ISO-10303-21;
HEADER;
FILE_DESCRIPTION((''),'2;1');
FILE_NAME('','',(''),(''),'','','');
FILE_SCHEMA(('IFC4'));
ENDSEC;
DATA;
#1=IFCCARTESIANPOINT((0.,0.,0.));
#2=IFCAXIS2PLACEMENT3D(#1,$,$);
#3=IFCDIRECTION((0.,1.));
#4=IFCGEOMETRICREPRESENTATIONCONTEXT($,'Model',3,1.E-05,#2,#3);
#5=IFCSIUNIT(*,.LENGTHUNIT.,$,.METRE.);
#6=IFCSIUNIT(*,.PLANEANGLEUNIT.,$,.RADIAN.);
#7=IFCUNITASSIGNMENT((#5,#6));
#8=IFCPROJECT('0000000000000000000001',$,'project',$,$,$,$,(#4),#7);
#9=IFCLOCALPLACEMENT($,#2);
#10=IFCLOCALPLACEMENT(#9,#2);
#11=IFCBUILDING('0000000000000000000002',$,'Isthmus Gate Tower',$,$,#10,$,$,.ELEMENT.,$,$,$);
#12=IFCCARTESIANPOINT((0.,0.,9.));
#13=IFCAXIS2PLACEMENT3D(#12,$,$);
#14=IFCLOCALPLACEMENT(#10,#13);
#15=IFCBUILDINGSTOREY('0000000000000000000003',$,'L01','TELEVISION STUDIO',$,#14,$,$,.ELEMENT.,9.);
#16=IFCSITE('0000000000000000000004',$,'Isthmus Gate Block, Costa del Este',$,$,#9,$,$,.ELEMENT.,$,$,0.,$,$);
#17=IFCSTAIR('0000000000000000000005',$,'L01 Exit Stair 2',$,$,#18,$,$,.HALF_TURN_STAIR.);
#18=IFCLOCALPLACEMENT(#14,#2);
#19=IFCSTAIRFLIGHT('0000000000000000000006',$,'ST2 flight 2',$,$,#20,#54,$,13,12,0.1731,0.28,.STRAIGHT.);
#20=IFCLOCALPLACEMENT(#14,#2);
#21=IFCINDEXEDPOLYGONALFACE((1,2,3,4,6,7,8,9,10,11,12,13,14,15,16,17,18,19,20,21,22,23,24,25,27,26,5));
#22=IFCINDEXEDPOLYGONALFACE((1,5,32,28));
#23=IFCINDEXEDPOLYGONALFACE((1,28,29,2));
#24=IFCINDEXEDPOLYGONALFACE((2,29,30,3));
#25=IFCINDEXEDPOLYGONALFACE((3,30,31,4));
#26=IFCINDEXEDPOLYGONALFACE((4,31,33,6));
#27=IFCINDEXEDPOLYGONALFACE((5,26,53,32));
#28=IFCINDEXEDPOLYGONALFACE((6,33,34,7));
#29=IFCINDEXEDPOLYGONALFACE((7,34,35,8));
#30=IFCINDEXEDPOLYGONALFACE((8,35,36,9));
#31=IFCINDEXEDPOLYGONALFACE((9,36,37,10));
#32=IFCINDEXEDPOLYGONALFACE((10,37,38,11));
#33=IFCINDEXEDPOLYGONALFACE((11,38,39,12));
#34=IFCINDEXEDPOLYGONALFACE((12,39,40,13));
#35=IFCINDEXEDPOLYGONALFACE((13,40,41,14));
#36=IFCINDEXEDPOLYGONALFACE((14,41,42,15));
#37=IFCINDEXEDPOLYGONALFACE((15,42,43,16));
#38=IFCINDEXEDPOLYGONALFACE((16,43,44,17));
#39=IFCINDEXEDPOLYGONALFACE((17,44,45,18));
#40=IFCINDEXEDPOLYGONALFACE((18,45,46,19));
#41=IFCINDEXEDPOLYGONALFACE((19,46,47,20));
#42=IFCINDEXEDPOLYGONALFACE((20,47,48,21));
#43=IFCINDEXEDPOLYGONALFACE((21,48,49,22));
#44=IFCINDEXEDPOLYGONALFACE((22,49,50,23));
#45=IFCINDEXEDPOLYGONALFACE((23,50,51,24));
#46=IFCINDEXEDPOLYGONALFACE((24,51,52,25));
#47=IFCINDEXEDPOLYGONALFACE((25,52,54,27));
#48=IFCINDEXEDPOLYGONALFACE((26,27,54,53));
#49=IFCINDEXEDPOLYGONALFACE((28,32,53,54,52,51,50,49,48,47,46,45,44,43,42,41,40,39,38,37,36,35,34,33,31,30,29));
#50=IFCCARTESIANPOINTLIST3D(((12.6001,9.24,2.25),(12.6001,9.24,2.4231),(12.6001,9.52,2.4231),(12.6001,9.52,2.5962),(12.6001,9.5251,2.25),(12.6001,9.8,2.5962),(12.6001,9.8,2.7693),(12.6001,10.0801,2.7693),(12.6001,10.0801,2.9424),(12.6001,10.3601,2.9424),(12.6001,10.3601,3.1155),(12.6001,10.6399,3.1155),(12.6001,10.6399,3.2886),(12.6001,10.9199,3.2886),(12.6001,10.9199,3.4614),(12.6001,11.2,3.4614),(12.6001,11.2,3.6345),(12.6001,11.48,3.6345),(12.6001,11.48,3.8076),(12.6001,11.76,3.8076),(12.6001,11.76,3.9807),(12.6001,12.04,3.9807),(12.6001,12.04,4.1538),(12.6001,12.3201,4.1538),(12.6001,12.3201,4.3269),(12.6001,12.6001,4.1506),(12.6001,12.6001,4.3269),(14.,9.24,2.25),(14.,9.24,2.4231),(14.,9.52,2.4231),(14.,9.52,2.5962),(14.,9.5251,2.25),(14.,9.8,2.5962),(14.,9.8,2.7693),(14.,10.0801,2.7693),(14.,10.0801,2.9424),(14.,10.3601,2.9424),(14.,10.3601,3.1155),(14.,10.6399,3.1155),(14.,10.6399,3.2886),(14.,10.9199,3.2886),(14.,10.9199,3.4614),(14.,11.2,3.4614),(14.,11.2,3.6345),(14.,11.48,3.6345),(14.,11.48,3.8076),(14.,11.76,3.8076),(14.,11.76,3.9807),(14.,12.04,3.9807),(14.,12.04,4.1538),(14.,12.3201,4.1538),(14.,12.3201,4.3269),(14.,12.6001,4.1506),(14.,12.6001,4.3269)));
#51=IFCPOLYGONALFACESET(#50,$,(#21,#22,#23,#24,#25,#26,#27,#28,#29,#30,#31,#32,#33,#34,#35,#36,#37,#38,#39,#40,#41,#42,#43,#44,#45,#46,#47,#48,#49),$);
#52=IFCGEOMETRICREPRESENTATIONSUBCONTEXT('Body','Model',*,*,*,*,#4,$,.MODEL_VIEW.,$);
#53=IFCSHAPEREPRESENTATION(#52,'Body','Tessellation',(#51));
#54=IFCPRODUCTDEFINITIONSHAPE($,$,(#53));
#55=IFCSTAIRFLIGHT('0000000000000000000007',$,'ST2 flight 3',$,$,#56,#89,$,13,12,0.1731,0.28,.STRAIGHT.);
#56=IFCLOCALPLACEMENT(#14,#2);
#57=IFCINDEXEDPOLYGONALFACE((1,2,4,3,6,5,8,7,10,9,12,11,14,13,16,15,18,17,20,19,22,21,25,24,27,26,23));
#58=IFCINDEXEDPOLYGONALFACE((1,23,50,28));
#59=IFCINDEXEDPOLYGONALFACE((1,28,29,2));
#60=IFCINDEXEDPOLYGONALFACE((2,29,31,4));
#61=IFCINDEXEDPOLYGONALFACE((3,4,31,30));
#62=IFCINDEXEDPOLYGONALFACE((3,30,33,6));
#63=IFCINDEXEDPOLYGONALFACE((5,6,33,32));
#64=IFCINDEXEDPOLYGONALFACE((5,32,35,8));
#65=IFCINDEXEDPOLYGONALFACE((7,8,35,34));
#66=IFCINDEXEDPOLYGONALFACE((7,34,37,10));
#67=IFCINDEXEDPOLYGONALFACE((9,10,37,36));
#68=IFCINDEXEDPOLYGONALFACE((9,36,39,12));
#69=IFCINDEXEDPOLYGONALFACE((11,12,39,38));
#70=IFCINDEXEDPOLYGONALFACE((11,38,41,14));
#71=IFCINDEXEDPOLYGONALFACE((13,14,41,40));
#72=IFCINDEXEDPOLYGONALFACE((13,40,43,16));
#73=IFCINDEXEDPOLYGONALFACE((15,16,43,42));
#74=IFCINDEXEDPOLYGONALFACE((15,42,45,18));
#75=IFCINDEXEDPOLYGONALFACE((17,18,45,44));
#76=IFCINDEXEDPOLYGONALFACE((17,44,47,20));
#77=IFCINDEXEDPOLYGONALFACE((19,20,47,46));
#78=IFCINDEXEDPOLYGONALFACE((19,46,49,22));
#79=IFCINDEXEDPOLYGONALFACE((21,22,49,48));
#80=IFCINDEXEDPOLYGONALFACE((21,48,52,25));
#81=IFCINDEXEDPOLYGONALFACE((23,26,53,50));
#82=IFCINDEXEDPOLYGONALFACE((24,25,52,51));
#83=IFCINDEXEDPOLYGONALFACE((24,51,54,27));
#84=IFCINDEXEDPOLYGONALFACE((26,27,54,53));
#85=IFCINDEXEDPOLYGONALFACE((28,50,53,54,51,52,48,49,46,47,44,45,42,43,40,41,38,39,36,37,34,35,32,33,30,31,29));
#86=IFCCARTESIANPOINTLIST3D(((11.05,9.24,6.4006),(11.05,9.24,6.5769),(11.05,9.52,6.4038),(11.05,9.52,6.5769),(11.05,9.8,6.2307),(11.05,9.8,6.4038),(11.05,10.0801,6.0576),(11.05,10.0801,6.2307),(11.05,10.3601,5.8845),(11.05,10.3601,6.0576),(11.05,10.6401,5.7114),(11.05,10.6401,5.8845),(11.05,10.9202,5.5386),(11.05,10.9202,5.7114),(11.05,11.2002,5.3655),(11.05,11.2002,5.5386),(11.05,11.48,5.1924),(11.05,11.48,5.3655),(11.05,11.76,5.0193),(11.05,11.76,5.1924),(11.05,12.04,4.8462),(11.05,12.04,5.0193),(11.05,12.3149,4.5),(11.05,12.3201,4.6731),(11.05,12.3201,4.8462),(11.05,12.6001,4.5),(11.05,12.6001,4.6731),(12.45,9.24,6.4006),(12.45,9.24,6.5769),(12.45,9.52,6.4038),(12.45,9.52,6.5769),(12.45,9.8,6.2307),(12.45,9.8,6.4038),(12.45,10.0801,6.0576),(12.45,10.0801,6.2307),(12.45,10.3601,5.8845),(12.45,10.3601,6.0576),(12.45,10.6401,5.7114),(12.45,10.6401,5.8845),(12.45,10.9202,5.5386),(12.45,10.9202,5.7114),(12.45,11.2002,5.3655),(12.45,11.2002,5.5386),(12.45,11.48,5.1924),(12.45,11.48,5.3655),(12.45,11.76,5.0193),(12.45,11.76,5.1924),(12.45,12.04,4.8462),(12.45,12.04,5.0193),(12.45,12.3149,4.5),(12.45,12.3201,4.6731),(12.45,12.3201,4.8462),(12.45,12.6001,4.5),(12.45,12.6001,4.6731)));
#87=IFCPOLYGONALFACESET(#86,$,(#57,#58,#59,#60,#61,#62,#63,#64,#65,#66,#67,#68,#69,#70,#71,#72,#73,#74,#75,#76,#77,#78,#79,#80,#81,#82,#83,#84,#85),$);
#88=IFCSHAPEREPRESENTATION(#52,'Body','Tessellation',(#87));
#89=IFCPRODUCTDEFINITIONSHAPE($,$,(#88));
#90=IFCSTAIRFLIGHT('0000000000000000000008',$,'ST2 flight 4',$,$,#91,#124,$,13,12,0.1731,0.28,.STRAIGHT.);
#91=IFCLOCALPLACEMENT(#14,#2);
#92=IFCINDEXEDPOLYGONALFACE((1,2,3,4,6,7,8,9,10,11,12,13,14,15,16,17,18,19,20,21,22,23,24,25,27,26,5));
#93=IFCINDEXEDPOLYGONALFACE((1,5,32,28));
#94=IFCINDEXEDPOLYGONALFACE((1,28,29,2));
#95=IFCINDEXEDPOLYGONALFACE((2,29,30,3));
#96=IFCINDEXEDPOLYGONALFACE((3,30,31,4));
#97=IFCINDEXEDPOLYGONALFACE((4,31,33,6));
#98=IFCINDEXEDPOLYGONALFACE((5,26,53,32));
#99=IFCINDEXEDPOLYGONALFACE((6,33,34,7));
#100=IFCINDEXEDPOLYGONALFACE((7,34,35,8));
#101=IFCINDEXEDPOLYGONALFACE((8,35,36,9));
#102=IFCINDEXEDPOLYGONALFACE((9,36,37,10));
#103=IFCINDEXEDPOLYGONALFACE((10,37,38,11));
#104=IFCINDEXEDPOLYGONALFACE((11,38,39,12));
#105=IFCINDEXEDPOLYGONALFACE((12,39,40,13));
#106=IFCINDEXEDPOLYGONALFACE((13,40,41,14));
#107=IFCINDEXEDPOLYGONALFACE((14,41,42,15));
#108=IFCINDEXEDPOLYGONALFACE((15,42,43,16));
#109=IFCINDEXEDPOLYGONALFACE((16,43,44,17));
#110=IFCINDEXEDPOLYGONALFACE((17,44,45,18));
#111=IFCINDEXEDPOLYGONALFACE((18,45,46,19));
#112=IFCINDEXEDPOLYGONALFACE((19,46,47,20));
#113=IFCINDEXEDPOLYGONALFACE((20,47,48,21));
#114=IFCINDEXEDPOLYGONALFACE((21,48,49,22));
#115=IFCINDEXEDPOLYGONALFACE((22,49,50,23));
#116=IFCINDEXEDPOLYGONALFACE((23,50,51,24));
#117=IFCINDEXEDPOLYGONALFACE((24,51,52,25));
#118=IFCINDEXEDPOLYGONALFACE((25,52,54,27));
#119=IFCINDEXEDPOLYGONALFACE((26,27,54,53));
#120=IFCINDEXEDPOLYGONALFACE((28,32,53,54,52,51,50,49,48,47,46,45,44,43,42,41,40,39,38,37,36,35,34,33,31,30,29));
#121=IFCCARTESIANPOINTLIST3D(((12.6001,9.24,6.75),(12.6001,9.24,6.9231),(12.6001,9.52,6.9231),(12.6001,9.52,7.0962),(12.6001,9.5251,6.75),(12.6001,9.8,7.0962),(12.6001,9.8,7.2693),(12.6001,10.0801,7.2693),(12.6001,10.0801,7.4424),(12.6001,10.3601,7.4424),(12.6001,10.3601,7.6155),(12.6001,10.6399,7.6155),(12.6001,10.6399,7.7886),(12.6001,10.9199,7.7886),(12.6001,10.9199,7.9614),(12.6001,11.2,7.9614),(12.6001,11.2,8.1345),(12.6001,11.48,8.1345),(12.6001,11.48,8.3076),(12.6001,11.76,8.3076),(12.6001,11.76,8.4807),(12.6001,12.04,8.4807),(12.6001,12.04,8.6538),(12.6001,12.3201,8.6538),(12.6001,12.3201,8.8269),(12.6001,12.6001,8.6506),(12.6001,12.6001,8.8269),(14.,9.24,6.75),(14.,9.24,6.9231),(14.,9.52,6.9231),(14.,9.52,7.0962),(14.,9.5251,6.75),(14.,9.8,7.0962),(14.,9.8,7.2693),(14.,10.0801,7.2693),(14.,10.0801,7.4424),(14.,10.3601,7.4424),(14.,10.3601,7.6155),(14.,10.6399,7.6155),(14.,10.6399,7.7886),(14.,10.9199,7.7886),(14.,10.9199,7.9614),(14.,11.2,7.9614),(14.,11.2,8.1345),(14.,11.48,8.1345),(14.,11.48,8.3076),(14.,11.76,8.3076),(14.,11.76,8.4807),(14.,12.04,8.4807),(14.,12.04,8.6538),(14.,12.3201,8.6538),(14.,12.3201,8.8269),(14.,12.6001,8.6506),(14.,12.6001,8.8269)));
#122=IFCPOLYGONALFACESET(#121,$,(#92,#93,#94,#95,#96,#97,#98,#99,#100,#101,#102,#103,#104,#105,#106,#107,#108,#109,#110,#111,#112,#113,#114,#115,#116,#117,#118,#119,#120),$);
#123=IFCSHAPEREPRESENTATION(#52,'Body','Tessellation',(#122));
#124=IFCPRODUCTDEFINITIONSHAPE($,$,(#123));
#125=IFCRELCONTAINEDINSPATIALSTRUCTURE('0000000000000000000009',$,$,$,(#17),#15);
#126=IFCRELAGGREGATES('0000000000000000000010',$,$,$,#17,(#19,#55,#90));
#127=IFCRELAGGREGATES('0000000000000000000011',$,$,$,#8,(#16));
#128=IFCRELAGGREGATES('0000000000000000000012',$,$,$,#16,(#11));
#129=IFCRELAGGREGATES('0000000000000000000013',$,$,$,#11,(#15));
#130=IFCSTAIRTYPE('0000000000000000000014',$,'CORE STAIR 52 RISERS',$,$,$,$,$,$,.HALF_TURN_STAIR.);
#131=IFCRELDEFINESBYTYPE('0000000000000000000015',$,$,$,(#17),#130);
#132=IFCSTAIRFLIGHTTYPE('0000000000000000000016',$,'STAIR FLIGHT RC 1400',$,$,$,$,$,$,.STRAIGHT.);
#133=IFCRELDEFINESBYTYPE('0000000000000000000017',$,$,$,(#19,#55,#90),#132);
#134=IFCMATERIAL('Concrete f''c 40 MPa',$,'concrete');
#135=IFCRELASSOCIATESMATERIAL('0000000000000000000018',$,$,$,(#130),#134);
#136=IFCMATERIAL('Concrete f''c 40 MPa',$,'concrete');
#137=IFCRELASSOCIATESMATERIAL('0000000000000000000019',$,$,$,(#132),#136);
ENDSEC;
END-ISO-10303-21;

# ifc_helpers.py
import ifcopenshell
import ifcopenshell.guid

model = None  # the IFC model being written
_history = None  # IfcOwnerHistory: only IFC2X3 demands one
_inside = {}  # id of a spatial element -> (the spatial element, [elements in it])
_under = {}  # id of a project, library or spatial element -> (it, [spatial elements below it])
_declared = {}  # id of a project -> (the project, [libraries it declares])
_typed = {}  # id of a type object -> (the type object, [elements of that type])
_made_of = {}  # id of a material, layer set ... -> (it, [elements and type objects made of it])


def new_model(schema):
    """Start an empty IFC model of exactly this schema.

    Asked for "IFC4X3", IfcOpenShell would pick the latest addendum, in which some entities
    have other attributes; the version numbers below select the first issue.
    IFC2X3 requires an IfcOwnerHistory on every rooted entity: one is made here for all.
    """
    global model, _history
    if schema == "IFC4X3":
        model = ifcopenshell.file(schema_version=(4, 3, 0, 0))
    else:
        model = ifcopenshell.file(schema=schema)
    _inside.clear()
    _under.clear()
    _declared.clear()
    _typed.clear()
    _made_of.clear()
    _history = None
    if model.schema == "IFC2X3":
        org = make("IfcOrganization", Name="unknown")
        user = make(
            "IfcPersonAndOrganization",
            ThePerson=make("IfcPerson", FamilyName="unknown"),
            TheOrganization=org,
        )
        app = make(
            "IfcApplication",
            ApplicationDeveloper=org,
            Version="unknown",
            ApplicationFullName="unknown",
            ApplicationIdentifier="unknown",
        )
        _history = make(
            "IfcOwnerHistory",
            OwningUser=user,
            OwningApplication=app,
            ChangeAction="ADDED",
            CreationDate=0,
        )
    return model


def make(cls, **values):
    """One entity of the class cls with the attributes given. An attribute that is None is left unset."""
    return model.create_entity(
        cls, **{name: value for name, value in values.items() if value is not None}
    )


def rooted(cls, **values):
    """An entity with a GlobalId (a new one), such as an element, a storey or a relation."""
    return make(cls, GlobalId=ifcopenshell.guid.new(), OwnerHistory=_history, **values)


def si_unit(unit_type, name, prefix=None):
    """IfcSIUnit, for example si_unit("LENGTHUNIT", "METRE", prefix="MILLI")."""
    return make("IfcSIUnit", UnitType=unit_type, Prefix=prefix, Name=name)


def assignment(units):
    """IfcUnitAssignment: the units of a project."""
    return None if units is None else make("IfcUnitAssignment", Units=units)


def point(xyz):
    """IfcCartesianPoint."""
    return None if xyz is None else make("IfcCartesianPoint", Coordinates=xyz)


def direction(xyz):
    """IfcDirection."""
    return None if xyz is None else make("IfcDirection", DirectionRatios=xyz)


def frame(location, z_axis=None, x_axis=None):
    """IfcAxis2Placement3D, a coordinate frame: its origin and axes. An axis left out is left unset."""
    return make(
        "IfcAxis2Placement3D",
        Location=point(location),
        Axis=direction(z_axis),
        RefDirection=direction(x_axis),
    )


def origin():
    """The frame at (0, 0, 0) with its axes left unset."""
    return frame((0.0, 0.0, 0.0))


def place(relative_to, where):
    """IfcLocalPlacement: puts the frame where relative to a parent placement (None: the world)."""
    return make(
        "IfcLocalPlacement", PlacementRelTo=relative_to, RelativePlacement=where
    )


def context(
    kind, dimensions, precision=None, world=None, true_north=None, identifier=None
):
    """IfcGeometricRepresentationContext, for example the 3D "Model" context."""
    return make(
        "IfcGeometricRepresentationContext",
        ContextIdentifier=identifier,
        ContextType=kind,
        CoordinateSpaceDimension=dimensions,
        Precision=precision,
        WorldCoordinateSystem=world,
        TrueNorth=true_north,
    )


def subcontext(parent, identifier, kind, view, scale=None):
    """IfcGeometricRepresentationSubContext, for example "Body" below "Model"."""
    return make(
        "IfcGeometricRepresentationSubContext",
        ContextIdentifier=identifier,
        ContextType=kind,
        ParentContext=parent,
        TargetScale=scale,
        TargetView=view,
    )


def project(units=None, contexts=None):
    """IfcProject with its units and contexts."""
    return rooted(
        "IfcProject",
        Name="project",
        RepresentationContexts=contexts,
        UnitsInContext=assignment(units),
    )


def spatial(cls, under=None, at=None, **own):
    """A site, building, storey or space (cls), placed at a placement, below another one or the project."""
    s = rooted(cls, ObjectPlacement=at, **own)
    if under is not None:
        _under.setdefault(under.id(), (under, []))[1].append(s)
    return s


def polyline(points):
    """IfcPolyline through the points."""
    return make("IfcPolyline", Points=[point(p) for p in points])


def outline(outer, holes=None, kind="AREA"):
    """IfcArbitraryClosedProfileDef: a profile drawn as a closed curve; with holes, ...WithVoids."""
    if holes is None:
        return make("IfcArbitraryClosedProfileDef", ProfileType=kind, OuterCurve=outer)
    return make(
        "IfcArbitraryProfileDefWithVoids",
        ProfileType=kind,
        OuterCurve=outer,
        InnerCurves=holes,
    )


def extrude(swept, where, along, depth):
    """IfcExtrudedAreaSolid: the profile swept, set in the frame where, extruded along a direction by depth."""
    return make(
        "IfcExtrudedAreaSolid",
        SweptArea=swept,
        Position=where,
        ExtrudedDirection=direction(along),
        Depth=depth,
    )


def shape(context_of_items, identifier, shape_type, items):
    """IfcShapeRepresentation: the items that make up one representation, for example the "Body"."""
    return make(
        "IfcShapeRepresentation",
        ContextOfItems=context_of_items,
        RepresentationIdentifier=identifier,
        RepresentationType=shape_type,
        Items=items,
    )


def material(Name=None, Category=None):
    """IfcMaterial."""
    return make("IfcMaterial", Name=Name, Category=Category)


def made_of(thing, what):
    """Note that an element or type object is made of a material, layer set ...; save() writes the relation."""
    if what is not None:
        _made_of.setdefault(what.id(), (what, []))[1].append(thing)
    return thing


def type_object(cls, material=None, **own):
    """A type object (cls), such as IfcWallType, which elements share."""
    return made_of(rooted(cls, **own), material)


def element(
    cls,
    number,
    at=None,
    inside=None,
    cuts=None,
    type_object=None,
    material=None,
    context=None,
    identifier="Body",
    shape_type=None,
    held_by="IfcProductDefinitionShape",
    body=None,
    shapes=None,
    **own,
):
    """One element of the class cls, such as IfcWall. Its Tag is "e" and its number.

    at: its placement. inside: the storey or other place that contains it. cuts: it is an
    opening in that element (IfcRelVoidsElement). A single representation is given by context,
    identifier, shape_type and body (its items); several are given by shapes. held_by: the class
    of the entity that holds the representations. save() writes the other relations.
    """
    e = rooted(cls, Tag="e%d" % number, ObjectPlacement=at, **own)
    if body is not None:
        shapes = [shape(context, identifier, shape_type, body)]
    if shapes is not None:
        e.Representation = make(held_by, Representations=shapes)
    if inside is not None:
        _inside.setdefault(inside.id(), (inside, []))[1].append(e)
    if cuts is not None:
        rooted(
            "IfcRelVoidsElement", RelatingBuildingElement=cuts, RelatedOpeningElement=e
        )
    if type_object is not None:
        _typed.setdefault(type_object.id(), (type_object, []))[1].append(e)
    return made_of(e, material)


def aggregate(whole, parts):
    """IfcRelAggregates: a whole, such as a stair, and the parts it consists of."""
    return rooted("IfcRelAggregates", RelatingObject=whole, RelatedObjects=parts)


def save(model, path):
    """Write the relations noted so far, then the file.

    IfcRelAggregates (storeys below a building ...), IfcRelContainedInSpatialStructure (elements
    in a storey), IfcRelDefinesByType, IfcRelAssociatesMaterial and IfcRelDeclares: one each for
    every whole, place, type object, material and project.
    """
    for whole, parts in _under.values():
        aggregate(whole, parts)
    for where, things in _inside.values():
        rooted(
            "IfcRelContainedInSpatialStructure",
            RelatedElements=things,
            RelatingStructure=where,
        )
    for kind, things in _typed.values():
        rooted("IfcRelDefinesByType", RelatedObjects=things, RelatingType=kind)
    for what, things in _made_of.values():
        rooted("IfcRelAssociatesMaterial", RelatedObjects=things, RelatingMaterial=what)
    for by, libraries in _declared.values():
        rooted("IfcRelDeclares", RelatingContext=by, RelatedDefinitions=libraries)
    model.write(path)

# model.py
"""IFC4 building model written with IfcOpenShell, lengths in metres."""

from ifc_helpers import new_model, si_unit, direction, frame, origin, place, context, subcontext, project, spatial, polyline, outline, extrude, material, type_object, element, aggregate, save


model = new_model("IFC4")

# Units and contexts
model_context = context("Model", 3, precision=1e-05, world=origin(), true_north=direction((0.0, 1.0)))
body_context = subcontext(model_context, "Body", "Model", "MODEL_VIEW")
ifc_project = project(units=[si_unit("LENGTHUNIT", "METRE"), si_unit("PLANEANGLEUNIT", "RADIAN")], contexts=[model_context])

# Site, building, storey
site_placement = place(None, origin())
site = spatial("IfcSite", under=ifc_project, at=site_placement, Name="Isthmus Gate Block, Costa del Este", CompositionType="ELEMENT", RefElevation=0.0)
building_placement = place(site_placement, origin())
building = spatial("IfcBuilding", under=site, at=building_placement, Name="Isthmus Gate Tower", CompositionType="ELEMENT")
storey_placement = place(building_placement, frame((0.0, 0.0, 9.0)))
storey = spatial("IfcBuildingStorey", under=building, at=storey_placement, Name="L01", Description="TELEVISION STUDIO", CompositionType="ELEMENT", Elevation=9.0)

# Stair, stair flights
ifc_material_1 = material(Name="Concrete f'c 40 MPa", Category="concrete")
stair_type = type_object("IfcStairType", Name="CORE STAIR 52 RISERS", PredefinedType="HALF_TURN_STAIR", material=ifc_material_1)
stair_placement = place(storey_placement, origin())
stair = element("IfcStair", 1, at=stair_placement, inside=storey, type_object=stair_type, Name="L01 Exit Stair 2", PredefinedType="HALF_TURN_STAIR")
ifc_material_2 = material(Name="Concrete f'c 40 MPa", Category="concrete")
stair_flight_type = type_object("IfcStairFlightType", Name="STAIR FLIGHT RC 1400", PredefinedType="STRAIGHT", material=ifc_material_2)
stair_flight_1_placement = place(storey_placement, frame((13.3, 9.24, 2.25), z_axis=(0.0, 0.0, 1.0), x_axis=(0.0, 1.0, 0.0)))
stair_flight_1 = element("IfcStairFlight", 2, at=stair_flight_1_placement, type_object=stair_flight_type, Name="ST2 flight 2", NumberOfRisers=13, NumberOfTreads=12, PredefinedType="STRAIGHT", RiserHeight=0.1731, TreadLength=0.28, context=body_context, shape_type="SweptSolid", body=[
    extrude(outline(polyline([(0.0, 0.0), (0.0, 0.1731), (0.28, 0.1731), (0.28, 0.3462), (0.5601, 0.3462), (0.5601, 0.5193), (0.8401, 0.5193), (0.8401, 0.6924), (1.1201, 0.6924), (1.1201, 0.8655), (1.3999, 0.8655), (1.3999, 1.0386), (1.6799, 1.0386), (1.6799, 1.2114), (1.96, 1.2114), (1.96, 1.3845), (2.24, 1.3845), (2.24, 1.5576), (2.52, 1.5576), (2.52, 1.7307), (2.8, 1.7307), (2.8, 1.9038), (3.0801, 1.9038), (3.0801, 2.0769), (3.3601, 2.0769), (3.3601, 2.25), (3.3601, 1.9006), (0.2852, 0.0), (0.0, 0.0)])), frame((0.0, 0.7, 0.0), z_axis=(0.0, -1.0, 0.0), x_axis=(1.0, 0.0, 0.0)), (0.0, 0.0, 1.0), 1.3999),
])
stair_flight_2_placement = place(storey_placement, frame((11.75, 12.6001, 4.5), z_axis=(0.0, 0.0, 1.0), x_axis=(0.0, -1.0, 0.0)))
stair_flight_2 = element("IfcStairFlight", 3, at=stair_flight_2_placement, type_object=stair_flight_type, Name="ST2 flight 3", NumberOfRisers=13, NumberOfTreads=12, PredefinedType="STRAIGHT", RiserHeight=0.1731, TreadLength=0.28, context=body_context, shape_type="SweptSolid", body=[
    extrude(outline(polyline([(0.0, 0.0), (0.0, 0.1731), (0.28, 0.1731), (0.28, 0.3462), (0.5601, 0.3462), (0.5601, 0.5193), (0.8401, 0.5193), (0.8401, 0.6924), (1.1201, 0.6924), (1.1201, 0.8655), (1.3999, 0.8655), (1.3999, 1.0386), (1.6799, 1.0386), (1.6799, 1.2114), (1.96, 1.2114), (1.96, 1.3845), (2.24, 1.3845), (2.24, 1.5576), (2.52, 1.5576), (2.52, 1.7307), (2.8, 1.7307), (2.8, 1.9038), (3.0801, 1.9038), (3.0801, 2.0769), (3.3601, 2.0769), (3.3601, 2.25), (3.3601, 1.9006), (0.2852, 0.0), (0.0, 0.0)])), frame((0.0, 0.7, 0.0), z_axis=(0.0, -1.0, 0.0), x_axis=(1.0, 0.0, 0.0)), (0.0, 0.0, 1.0), 1.3999),
])
stair_flight_3_placement = place(storey_placement, frame((13.3, 9.24, 6.75), z_axis=(0.0, 0.0, 1.0), x_axis=(0.0, 1.0, 0.0)))
stair_flight_3 = element("IfcStairFlight", 4, at=stair_flight_3_placement, type_object=stair_flight_type, Name="ST2 flight 4", NumberOfRisers=13, NumberOfTreads=12, PredefinedType="STRAIGHT", RiserHeight=0.1731, TreadLength=0.28, context=body_context, shape_type="SweptSolid", body=[
    extrude(outline(polyline([(0.0, 0.0), (0.0, 0.1731), (0.28, 0.1731), (0.28, 0.3462), (0.5601, 0.3462), (0.5601, 0.5193), (0.8401, 0.5193), (0.8401, 0.6924), (1.1201, 0.6924), (1.1201, 0.8655), (1.3999, 0.8655), (1.3999, 1.0386), (1.6799, 1.0386), (1.6799, 1.2114), (1.96, 1.2114), (1.96, 1.3845), (2.24, 1.3845), (2.24, 1.5576), (2.52, 1.5576), (2.52, 1.7307), (2.8, 1.7307), (2.8, 1.9038), (3.0801, 1.9038), (3.0801, 2.0769), (3.3601, 2.0769), (3.3601, 2.25), (3.3601, 1.9006), (0.2852, 0.0), (0.0, 0.0)])), frame((0.0, 0.7, 0.0), z_axis=(0.0, -1.0, 0.0), x_axis=(1.0, 0.0, 0.0)), (0.0, 0.0, 1.0), 1.3999),
])
aggregate(stair, [stair_flight_1, stair_flight_2, stair_flight_3])

save(model, "model.ifc")
